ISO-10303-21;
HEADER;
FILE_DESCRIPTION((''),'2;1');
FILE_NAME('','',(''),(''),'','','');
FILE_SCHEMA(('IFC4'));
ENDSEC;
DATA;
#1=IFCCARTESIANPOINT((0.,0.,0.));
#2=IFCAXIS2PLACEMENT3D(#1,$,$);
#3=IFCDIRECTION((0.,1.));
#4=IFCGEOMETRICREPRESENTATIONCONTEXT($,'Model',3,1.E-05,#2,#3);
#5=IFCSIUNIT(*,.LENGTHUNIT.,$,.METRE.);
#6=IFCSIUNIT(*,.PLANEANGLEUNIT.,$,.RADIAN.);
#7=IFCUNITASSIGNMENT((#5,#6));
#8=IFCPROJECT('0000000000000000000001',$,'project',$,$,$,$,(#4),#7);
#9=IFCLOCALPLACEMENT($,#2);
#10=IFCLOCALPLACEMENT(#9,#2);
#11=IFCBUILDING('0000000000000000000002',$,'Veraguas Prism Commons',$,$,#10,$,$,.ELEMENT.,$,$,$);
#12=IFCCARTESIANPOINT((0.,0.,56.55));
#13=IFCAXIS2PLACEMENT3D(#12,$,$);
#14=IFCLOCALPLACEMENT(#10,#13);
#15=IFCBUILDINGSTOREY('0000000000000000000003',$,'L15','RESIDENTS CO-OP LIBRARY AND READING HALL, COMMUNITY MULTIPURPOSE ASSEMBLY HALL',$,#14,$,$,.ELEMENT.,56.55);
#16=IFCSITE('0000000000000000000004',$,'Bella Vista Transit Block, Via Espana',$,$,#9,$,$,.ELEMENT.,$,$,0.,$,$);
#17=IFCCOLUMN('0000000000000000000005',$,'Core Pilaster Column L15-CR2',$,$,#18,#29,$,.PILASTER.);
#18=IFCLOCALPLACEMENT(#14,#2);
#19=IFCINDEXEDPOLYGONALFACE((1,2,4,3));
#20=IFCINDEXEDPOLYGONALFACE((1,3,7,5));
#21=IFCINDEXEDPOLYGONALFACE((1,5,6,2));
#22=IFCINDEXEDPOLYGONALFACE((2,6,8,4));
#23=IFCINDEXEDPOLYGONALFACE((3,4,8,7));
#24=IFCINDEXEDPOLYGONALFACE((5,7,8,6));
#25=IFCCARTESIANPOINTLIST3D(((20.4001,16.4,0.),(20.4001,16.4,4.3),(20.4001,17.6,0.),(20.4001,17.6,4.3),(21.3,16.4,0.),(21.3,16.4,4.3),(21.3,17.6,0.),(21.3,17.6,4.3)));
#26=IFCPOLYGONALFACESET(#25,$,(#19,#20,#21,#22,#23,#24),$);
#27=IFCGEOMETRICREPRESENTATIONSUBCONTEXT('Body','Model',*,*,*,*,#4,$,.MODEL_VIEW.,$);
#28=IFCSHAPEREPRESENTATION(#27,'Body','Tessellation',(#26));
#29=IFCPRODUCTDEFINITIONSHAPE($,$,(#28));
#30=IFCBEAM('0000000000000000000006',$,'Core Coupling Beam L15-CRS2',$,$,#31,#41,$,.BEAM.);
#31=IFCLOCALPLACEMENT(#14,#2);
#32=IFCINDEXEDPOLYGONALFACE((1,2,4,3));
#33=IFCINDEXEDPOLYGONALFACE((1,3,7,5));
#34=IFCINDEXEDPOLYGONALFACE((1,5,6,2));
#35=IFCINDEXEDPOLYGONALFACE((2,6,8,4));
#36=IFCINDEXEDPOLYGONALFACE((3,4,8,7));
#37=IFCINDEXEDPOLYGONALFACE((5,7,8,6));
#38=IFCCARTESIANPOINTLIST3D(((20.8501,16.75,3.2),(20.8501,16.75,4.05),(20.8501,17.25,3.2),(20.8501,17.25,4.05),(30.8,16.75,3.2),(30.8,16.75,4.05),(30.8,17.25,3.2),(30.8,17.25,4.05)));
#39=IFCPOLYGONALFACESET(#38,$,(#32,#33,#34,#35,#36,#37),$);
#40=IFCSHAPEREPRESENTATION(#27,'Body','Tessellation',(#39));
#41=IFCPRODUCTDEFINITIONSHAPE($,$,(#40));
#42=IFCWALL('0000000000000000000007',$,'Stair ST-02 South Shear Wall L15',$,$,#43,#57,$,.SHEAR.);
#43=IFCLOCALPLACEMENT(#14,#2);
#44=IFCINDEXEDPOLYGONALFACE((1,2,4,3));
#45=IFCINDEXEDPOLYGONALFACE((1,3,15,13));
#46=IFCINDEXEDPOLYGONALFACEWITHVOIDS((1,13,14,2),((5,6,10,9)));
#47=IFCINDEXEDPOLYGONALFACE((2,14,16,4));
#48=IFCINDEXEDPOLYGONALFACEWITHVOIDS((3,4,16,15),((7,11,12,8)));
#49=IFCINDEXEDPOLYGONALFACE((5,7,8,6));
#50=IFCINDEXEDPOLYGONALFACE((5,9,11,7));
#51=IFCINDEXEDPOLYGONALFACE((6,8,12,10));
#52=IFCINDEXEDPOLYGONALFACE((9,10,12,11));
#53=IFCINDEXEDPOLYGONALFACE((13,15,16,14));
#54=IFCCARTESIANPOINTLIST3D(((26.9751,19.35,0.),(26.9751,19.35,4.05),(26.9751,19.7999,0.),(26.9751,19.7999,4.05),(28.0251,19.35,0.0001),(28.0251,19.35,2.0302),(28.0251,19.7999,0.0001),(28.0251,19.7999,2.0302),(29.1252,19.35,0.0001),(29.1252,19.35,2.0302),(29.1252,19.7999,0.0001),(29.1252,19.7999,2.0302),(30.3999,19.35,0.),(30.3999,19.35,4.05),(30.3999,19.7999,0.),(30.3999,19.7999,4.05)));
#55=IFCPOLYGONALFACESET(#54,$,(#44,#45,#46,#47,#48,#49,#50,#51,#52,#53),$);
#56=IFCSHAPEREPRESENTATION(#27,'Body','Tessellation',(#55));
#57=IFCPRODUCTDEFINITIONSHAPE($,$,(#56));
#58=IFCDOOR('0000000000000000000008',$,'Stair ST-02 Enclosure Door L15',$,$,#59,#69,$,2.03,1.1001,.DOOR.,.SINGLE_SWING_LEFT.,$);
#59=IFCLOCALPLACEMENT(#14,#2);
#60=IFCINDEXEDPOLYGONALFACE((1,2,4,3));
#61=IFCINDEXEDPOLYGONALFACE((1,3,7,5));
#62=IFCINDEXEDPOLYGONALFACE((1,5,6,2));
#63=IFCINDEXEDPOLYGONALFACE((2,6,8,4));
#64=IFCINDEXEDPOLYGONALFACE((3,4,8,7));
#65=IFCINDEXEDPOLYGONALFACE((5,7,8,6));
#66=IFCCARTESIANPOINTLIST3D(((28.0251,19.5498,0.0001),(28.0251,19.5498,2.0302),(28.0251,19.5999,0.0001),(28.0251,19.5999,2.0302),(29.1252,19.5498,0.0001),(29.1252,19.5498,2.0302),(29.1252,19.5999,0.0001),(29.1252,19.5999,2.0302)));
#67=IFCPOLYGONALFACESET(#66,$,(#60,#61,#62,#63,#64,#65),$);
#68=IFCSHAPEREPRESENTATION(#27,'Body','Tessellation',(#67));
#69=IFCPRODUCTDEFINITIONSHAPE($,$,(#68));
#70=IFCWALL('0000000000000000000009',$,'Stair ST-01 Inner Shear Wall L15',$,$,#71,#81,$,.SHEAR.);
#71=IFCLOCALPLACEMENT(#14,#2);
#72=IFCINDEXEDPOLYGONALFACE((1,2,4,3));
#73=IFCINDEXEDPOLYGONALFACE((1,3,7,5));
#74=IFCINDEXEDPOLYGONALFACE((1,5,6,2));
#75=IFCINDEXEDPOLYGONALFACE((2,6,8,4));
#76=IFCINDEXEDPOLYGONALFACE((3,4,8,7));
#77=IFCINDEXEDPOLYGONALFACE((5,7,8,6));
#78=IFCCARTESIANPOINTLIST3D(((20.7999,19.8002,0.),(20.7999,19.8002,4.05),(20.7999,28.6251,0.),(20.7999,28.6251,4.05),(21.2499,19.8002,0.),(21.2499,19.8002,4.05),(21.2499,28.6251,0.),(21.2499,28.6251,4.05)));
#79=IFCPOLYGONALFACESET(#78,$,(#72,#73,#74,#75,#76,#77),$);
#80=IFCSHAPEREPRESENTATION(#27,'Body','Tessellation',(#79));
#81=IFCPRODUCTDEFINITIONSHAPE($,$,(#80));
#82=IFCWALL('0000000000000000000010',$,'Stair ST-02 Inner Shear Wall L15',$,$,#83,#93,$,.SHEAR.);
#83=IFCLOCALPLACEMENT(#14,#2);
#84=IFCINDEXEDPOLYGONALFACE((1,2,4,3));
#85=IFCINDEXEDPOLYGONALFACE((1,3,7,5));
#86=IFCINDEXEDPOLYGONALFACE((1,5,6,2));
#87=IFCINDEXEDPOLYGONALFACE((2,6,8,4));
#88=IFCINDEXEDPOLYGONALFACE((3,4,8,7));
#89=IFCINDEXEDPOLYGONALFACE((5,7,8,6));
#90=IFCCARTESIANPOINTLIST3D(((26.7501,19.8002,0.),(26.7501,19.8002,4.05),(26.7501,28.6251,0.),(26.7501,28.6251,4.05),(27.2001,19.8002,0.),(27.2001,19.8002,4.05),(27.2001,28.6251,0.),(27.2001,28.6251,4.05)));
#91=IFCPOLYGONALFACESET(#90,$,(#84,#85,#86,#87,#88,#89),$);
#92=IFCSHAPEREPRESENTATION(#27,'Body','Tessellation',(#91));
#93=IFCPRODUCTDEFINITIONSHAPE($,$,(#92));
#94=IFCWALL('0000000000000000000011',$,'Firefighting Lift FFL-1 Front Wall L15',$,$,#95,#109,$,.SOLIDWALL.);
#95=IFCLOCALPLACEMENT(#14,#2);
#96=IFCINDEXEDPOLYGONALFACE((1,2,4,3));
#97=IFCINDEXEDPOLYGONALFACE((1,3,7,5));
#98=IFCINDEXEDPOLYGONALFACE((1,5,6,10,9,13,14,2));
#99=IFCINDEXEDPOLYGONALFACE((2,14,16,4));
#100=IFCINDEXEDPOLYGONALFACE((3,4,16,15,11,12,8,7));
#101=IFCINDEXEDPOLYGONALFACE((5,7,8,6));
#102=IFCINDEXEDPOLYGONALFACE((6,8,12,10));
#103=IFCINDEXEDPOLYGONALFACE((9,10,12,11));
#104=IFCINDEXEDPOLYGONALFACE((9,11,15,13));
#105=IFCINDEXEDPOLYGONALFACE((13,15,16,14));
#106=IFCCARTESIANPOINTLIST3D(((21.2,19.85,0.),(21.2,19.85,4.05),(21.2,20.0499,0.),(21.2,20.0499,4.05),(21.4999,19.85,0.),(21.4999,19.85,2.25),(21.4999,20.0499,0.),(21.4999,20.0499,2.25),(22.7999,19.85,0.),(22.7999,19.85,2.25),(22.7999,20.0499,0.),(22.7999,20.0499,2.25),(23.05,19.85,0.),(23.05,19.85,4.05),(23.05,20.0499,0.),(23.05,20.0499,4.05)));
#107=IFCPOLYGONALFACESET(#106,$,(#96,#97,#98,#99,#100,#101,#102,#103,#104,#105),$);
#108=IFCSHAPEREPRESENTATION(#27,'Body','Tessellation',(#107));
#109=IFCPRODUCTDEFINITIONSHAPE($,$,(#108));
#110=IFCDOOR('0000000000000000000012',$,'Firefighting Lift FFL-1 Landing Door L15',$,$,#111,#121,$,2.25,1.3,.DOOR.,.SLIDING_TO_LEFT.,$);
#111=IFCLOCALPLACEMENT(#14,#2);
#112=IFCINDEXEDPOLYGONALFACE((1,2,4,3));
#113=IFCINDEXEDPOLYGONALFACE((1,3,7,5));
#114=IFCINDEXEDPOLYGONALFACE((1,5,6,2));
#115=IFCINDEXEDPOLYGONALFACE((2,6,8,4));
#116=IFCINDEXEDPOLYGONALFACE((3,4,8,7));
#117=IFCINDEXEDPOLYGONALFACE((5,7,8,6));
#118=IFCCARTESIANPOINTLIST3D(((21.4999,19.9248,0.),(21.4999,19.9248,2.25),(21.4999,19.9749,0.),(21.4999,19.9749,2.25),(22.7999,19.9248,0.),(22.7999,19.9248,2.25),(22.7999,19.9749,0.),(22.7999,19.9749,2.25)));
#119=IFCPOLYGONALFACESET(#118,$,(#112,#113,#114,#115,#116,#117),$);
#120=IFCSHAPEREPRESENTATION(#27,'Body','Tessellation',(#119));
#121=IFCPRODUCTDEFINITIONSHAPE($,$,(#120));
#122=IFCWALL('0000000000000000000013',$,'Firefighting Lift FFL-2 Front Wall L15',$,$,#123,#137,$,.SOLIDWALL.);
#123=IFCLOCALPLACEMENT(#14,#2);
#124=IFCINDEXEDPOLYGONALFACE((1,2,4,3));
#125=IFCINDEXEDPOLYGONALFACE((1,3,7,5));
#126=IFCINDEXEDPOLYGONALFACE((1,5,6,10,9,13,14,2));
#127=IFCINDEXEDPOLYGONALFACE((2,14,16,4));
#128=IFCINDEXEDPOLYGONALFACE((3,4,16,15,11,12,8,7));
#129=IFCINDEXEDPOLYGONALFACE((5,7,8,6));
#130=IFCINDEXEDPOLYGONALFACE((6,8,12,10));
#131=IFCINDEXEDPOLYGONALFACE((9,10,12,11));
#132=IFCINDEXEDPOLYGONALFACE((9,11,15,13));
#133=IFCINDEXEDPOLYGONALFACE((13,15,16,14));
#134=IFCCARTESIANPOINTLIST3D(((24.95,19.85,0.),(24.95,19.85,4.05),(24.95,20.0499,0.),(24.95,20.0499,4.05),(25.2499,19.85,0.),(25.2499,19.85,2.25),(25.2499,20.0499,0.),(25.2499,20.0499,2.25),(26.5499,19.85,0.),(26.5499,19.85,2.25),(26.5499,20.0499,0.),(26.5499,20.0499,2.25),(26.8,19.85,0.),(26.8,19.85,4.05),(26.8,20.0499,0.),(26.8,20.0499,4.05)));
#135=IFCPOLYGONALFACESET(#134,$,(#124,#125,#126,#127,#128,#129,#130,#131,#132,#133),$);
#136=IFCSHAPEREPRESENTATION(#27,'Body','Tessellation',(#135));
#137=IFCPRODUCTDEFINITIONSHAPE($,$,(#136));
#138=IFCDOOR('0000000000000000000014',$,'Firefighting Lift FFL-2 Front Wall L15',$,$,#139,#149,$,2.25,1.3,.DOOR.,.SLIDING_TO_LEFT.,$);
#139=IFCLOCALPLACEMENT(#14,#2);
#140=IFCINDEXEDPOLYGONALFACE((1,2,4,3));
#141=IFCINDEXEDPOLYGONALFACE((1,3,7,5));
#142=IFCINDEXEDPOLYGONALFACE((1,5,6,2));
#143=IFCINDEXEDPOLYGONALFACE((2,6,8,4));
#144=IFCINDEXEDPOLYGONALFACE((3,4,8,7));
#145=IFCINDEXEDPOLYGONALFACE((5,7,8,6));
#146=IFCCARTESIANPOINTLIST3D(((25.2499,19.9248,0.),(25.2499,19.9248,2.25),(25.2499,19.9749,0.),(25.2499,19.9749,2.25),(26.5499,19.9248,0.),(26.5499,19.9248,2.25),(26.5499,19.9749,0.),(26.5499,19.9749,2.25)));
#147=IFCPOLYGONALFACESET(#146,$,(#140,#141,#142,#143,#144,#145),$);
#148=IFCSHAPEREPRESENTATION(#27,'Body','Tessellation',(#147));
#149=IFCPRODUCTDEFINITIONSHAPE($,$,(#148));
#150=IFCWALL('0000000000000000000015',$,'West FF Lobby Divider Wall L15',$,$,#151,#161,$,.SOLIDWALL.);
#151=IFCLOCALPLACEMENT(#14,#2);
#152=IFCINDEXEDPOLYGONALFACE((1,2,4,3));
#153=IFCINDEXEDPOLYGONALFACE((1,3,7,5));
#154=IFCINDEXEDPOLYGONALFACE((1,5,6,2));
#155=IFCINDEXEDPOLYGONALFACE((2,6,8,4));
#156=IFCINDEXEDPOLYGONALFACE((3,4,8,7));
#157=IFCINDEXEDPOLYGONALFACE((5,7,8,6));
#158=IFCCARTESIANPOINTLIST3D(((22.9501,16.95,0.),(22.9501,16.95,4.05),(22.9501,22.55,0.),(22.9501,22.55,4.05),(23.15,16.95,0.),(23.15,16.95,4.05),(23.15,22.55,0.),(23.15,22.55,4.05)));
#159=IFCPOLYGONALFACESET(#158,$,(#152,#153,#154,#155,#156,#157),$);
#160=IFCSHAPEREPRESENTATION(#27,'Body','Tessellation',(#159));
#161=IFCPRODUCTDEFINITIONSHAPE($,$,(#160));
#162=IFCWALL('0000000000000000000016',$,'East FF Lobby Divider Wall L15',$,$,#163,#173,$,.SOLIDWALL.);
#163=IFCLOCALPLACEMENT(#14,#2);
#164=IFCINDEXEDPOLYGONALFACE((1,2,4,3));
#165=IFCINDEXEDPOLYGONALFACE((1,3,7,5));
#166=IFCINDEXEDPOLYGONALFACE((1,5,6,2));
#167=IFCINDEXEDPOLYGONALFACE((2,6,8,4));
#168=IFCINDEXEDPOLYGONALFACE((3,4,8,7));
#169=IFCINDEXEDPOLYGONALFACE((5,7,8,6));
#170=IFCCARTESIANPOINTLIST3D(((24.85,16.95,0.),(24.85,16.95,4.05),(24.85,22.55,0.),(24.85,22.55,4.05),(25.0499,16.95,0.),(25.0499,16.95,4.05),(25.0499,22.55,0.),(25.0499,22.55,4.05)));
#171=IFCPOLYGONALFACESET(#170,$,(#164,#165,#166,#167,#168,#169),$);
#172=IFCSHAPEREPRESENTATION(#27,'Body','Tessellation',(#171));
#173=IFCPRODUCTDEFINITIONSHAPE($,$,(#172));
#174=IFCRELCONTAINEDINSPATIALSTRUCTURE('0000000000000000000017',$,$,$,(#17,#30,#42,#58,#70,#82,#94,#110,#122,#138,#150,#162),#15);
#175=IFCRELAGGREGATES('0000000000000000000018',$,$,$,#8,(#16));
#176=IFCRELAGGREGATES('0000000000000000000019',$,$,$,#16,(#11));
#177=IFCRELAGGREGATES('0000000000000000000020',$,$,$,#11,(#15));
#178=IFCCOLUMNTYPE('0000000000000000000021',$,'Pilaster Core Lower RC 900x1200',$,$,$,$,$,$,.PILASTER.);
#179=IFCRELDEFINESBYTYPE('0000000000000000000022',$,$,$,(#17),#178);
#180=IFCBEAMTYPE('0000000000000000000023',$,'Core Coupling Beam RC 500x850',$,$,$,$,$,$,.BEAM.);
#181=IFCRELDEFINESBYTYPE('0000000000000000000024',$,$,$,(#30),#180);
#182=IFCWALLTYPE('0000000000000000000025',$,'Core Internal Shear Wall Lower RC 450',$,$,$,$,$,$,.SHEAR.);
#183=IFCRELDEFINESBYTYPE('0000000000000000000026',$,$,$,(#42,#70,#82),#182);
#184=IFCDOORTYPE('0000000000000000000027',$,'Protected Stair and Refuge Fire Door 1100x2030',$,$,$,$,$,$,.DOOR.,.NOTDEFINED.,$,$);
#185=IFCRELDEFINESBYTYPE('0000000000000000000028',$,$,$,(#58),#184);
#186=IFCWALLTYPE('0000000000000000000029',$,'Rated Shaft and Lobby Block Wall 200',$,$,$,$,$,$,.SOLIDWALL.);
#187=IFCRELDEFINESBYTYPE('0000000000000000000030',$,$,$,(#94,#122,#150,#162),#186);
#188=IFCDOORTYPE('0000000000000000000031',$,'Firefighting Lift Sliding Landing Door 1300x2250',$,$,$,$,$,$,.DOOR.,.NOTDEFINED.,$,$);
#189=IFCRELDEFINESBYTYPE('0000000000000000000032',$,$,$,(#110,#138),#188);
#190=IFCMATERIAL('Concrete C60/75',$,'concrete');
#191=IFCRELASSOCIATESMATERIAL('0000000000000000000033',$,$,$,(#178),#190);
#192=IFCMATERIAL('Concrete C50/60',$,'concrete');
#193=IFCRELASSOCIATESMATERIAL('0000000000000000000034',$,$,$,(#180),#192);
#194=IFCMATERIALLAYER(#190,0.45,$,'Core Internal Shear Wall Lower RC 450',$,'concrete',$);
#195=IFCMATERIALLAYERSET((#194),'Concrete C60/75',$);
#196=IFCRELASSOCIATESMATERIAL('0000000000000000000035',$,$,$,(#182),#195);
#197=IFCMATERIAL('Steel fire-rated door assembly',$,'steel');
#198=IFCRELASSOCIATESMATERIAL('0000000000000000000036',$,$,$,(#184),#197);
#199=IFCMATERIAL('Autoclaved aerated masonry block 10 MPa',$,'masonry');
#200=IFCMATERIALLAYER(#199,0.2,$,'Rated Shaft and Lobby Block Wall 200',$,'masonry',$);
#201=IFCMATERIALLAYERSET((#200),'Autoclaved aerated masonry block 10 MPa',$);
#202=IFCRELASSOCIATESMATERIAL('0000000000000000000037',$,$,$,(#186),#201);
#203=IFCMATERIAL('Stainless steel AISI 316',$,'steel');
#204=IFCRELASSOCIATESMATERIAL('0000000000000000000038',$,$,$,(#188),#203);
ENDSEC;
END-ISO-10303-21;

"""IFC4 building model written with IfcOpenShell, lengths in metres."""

from ifc_helpers import new_model, si_unit, direction, frame, frame_2d, origin, origin_2d, place, context, subcontext, project, spatial, rectangle, extrude, source, transform, mapped, material, layer, layer_set, material_profile, profile_set, type_object, element, fill, save


model = new_model("IFC4")

# Units and contexts
model_context = context("Model", 3, precision=1e-05, world=origin(), true_north=direction((0.0, 1.0)))
body_context = subcontext(model_context, "Body", "Model", "MODEL_VIEW")
ifc_project = project(units=[si_unit("LENGTHUNIT", "METRE"), si_unit("PLANEANGLEUNIT", "RADIAN")], contexts=[model_context])

# Site, building, storey
site_placement = place(None, origin())
site = spatial("IfcSite", under=ifc_project, at=site_placement, Name="Bella Vista Transit Block, Via Espana", CompositionType="ELEMENT", RefElevation=0.0)
building_placement = place(site_placement, origin())
building = spatial("IfcBuilding", under=site, at=building_placement, Name="Veraguas Prism Commons", CompositionType="ELEMENT")
storey_placement = place(building_placement, frame((0.0, 0.0, 56.55)))
storey = spatial("IfcBuildingStorey", under=building, at=storey_placement, Name="L15", Description="RESIDENTS CO-OP LIBRARY AND READING HALL, COMMUNITY MULTIPURPOSE ASSEMBLY HALL", CompositionType="ELEMENT", Elevation=56.55)

# Column
ifc_material_1 = material(Name="Concrete C60/75", Category="concrete")
ifc_material_profile_1 = material_profile(ifc_material_1, rectangle(XDim=0.8999, YDim=1.2, at=origin_2d()), Name="RC900X1200")
ifc_profile_set_1 = profile_set([ifc_material_profile_1], Name="Concrete C60/75")
column_type = type_object("IfcColumnType", Name="Pilaster Core Lower RC 900x1200", PredefinedType="PILASTER", material=ifc_profile_set_1)
column_placement = place(storey_placement, frame((20.8501, 17.0, 0.0), z_axis=(0.0, 0.0, 1.0), x_axis=(1.0, 0.0, 0.0)))
element("IfcColumn", 1, at=column_placement, inside=storey, type_object=column_type, Name="Core Pilaster Column L15-CR2", PredefinedType="PILASTER", context=body_context, shape_type="SweptSolid", body=[
    extrude(rectangle(XDim=0.8999, YDim=1.2, at=origin_2d()), origin(), (0.0, 0.0, 1.0), 4.3),
])

# Beam
ifc_material_2 = material(Name="Concrete C50/60", Category="concrete")
ifc_material_profile_2 = material_profile(ifc_material_2, rectangle(XDim=0.5, YDim=0.8501, at=origin_2d()), Name="RC500X850")
ifc_profile_set_2 = profile_set([ifc_material_profile_2], Name="Concrete C50/60")
beam_type = type_object("IfcBeamType", Name="Core Coupling Beam RC 500x850", PredefinedType="BEAM", material=ifc_profile_set_2)
beam_placement = place(storey_placement, frame((20.8501, 17.0, 3.625), z_axis=(1.0, 0.0, 0.0), x_axis=(0.0, 1.0, 0.0)))
element("IfcBeam", 2, at=beam_placement, inside=storey, type_object=beam_type, Name="Core Coupling Beam L15-CRS2", PredefinedType="BEAM", context=body_context, shape_type="SweptSolid", body=[
    extrude(rectangle(XDim=0.5, YDim=0.8501, at=origin_2d()), origin(), (0.0, 0.0, 1.0), 9.95),
])

# Wall, opening, door
ifc_layer_1 = layer(ifc_material_1, 0.45, Name="Core Internal Shear Wall Lower RC 450", Category="concrete")
ifc_layer_set_1 = layer_set([ifc_layer_1], Name="Concrete C60/75")
wall_type_1 = type_object("IfcWallType", Name="Core Internal Shear Wall Lower RC 450", PredefinedType="SHEAR", material=ifc_layer_set_1)
wall_1_placement = place(storey_placement, frame((26.9751, 19.575, 0.0), z_axis=(0.0, 0.0, 1.0), x_axis=(1.0, 0.0, 0.0)))
wall_1 = element("IfcWall", 3, at=wall_1_placement, inside=storey, type_object=wall_type_1, Name="Stair ST-02 South Shear Wall L15", PredefinedType="SHEAR", context=body_context, shape_type="SweptSolid", body=[
    extrude(rectangle(XDim=3.4248, YDim=0.45, at=frame_2d((1.7124, 0.0))), origin(), (0.0, 0.0, 1.0), 4.05),
])
opening_1_placement = place(wall_1_placement, frame((1.05, 0.0, 0.0)))
opening_1 = element("IfcOpeningElement", 4, at=opening_1_placement, cuts=wall_1, PredefinedType="OPENING", context=body_context, shape_type="SweptSolid", body=[
    extrude(rectangle(XDim=1.1001, YDim=2.03, at=frame_2d((0.55, 1.0151))), frame((0.0, 0.2349, 0.0), z_axis=(0.0, -1.0, 0.0), x_axis=(1.0, 0.0, 0.0)), (0.0, 0.0, 1.0), 0.47),
])
ifc_material_3 = material(Name="Steel fire-rated door assembly", Category="steel")
door_type_1 = type_object("IfcDoorType", Name="Protected Stair and Refuge Fire Door 1100x2030", OperationType="NOTDEFINED", PredefinedType="DOOR", material=ifc_material_3)
shared_shape_1 = source(origin(), body_context, "Body", "SweptSolid", [
    extrude(rectangle(XDim=1.1001, YDim=2.03, at=frame_2d((0.55, 1.0151))), frame((0.0, 0.0249, 0.0), z_axis=(0.0, -1.0, 0.0), x_axis=(1.0, 0.0, 0.0)), (0.0, 0.0, 1.0), 0.05),
])
door_1_placement = place(opening_1_placement, origin())
door_1 = element("IfcDoor", 5, at=door_1_placement, inside=storey, type_object=door_type_1, Name="Stair ST-02 Enclosure Door L15", OperationType="SINGLE_SWING_LEFT", OverallHeight=2.03, OverallWidth=1.1001, PredefinedType="DOOR", context=body_context, shape_type="MappedRepresentation", body=[
    mapped(shared_shape_1, transform((0.0, 0.0, 0.0), scale=1.0)),
])
fill(opening_1, door_1)

# Walls
for number, where, z_axis, x_axis, name in (
    (6, (21.0249, 19.8, 0.0), (0.0, 0.0, 1.0), (0.0, 1.0, 0.0), "Stair ST-01 Inner Shear Wall L15"),
    (7, (26.9751, 19.8, 0.0), (0.0, 0.0, 1.0), (0.0, 1.0, 0.0), "Stair ST-02 Inner Shear Wall L15"),
):
    element("IfcWall", number, at=place(storey_placement, frame(where, z_axis=z_axis, x_axis=x_axis)), inside=storey, type_object=wall_type_1, Name=name, PredefinedType="SHEAR", context=body_context, shape_type="SweptSolid", body=[
        extrude(rectangle(XDim=8.825, YDim=0.45, at=frame_2d((4.4126, 0.0))), origin(), (0.0, 0.0, 1.0), 4.05),
    ])

# Walls, openings, doors
ifc_material_4 = material(Name="Autoclaved aerated masonry block 10 MPa", Category="masonry")
ifc_layer_2 = layer(ifc_material_4, 0.2, Name="Rated Shaft and Lobby Block Wall 200", Category="masonry")
ifc_layer_set_2 = layer_set([ifc_layer_2], Name="Autoclaved aerated masonry block 10 MPa")
wall_type_2 = type_object("IfcWallType", Name="Rated Shaft and Lobby Block Wall 200", PredefinedType="SOLIDWALL", material=ifc_layer_set_2)
wall_2_placement = place(storey_placement, frame((21.2, 19.95, 0.0), z_axis=(0.0, 0.0, 1.0), x_axis=(1.0, 0.0, 0.0)))
wall_2 = element("IfcWall", 8, at=wall_2_placement, inside=storey, type_object=wall_type_2, Name="Firefighting Lift FFL-1 Front Wall L15", PredefinedType="SOLIDWALL", context=body_context, shape_type="SweptSolid", body=[
    extrude(rectangle(XDim=1.8501, YDim=0.2, at=frame_2d((0.925, 0.0))), origin(), (0.0, 0.0, 1.0), 4.05),
])
opening_2_placement = place(wall_2_placement, frame((0.3, 0.0, 0.0)))
opening_2 = element("IfcOpeningElement", 9, at=opening_2_placement, cuts=wall_2, PredefinedType="OPENING", context=body_context, shape_type="SweptSolid", body=[
    extrude(rectangle(XDim=1.3, YDim=2.25, at=frame_2d((0.6499, 1.125))), frame((0.0, 0.1099, 0.0), z_axis=(0.0, -1.0, 0.0), x_axis=(1.0, 0.0, 0.0)), (0.0, 0.0, 1.0), 0.22),
])
ifc_material_5 = material(Name="Stainless steel AISI 316", Category="steel")
door_type_2 = type_object("IfcDoorType", Name="Firefighting Lift Sliding Landing Door 1300x2250", OperationType="NOTDEFINED", PredefinedType="DOOR", material=ifc_material_5)
shared_shape_2 = source(origin(), body_context, "Body", "SweptSolid", [
    extrude(rectangle(XDim=1.3, YDim=2.25, at=frame_2d((0.6499, 1.125))), frame((0.0, 0.0249, 0.0), z_axis=(0.0, -1.0, 0.0), x_axis=(1.0, 0.0, 0.0)), (0.0, 0.0, 1.0), 0.05),
])
door_2_placement = place(opening_2_placement, origin())
door_2 = element("IfcDoor", 10, at=door_2_placement, inside=storey, type_object=door_type_2, Name="Firefighting Lift FFL-1 Landing Door L15", OperationType="SLIDING_TO_LEFT", OverallHeight=2.25, OverallWidth=1.3, PredefinedType="DOOR", context=body_context, shape_type="MappedRepresentation", body=[
    mapped(shared_shape_2, transform((0.0, 0.0, 0.0), scale=1.0)),
])
fill(opening_2, door_2)
wall_3_placement = place(storey_placement, frame((24.95, 19.95, 0.0), z_axis=(0.0, 0.0, 1.0), x_axis=(1.0, 0.0, 0.0)))
wall_3 = element("IfcWall", 11, at=wall_3_placement, inside=storey, type_object=wall_type_2, Name="Firefighting Lift FFL-2 Front Wall L15", PredefinedType="SOLIDWALL", context=body_context, shape_type="SweptSolid", body=[
    extrude(rectangle(XDim=1.8501, YDim=0.2, at=frame_2d((0.925, 0.0))), origin(), (0.0, 0.0, 1.0), 4.05),
])
opening_3_placement = place(wall_3_placement, frame((0.3, 0.0, 0.0)))
opening_3 = element("IfcOpeningElement", 12, at=opening_3_placement, cuts=wall_3, PredefinedType="OPENING", context=body_context, shape_type="SweptSolid", body=[
    extrude(rectangle(XDim=1.3, YDim=2.25, at=frame_2d((0.6499, 1.125))), frame((0.0, 0.1099, 0.0), z_axis=(0.0, -1.0, 0.0), x_axis=(1.0, 0.0, 0.0)), (0.0, 0.0, 1.0), 0.22),
])
door_3_placement = place(opening_3_placement, origin())
door_3 = element("IfcDoor", 13, at=door_3_placement, inside=storey, type_object=door_type_2, Name="Firefighting Lift FFL-2 Front Wall L15", OperationType="SLIDING_TO_LEFT", OverallHeight=2.25, OverallWidth=1.3, PredefinedType="DOOR", context=body_context, shape_type="MappedRepresentation", body=[
    mapped(shared_shape_2, transform((0.0, 0.0, 0.0), scale=1.0)),
])
fill(opening_3, door_3)

# Walls
for number, where, z_axis, x_axis, name in (
    (14, (23.05, 16.95, 0.0), (0.0, 0.0, 1.0), (0.0, 1.0, 0.0), "West FF Lobby Divider Wall L15"),
    (15, (24.95, 16.95, 0.0), (0.0, 0.0, 1.0), (0.0, 1.0, 0.0), "East FF Lobby Divider Wall L15"),
):
    element("IfcWall", number, at=place(storey_placement, frame(where, z_axis=z_axis, x_axis=x_axis)), inside=storey, type_object=wall_type_2, Name=name, PredefinedType="SOLIDWALL", context=body_context, shape_type="SweptSolid", body=[
        extrude(rectangle(XDim=5.6001, YDim=0.2, at=frame_2d((2.8, 0.0))), origin(), (0.0, 0.0, 1.0), 4.05),
    ])

save(model, "model.ifc")
